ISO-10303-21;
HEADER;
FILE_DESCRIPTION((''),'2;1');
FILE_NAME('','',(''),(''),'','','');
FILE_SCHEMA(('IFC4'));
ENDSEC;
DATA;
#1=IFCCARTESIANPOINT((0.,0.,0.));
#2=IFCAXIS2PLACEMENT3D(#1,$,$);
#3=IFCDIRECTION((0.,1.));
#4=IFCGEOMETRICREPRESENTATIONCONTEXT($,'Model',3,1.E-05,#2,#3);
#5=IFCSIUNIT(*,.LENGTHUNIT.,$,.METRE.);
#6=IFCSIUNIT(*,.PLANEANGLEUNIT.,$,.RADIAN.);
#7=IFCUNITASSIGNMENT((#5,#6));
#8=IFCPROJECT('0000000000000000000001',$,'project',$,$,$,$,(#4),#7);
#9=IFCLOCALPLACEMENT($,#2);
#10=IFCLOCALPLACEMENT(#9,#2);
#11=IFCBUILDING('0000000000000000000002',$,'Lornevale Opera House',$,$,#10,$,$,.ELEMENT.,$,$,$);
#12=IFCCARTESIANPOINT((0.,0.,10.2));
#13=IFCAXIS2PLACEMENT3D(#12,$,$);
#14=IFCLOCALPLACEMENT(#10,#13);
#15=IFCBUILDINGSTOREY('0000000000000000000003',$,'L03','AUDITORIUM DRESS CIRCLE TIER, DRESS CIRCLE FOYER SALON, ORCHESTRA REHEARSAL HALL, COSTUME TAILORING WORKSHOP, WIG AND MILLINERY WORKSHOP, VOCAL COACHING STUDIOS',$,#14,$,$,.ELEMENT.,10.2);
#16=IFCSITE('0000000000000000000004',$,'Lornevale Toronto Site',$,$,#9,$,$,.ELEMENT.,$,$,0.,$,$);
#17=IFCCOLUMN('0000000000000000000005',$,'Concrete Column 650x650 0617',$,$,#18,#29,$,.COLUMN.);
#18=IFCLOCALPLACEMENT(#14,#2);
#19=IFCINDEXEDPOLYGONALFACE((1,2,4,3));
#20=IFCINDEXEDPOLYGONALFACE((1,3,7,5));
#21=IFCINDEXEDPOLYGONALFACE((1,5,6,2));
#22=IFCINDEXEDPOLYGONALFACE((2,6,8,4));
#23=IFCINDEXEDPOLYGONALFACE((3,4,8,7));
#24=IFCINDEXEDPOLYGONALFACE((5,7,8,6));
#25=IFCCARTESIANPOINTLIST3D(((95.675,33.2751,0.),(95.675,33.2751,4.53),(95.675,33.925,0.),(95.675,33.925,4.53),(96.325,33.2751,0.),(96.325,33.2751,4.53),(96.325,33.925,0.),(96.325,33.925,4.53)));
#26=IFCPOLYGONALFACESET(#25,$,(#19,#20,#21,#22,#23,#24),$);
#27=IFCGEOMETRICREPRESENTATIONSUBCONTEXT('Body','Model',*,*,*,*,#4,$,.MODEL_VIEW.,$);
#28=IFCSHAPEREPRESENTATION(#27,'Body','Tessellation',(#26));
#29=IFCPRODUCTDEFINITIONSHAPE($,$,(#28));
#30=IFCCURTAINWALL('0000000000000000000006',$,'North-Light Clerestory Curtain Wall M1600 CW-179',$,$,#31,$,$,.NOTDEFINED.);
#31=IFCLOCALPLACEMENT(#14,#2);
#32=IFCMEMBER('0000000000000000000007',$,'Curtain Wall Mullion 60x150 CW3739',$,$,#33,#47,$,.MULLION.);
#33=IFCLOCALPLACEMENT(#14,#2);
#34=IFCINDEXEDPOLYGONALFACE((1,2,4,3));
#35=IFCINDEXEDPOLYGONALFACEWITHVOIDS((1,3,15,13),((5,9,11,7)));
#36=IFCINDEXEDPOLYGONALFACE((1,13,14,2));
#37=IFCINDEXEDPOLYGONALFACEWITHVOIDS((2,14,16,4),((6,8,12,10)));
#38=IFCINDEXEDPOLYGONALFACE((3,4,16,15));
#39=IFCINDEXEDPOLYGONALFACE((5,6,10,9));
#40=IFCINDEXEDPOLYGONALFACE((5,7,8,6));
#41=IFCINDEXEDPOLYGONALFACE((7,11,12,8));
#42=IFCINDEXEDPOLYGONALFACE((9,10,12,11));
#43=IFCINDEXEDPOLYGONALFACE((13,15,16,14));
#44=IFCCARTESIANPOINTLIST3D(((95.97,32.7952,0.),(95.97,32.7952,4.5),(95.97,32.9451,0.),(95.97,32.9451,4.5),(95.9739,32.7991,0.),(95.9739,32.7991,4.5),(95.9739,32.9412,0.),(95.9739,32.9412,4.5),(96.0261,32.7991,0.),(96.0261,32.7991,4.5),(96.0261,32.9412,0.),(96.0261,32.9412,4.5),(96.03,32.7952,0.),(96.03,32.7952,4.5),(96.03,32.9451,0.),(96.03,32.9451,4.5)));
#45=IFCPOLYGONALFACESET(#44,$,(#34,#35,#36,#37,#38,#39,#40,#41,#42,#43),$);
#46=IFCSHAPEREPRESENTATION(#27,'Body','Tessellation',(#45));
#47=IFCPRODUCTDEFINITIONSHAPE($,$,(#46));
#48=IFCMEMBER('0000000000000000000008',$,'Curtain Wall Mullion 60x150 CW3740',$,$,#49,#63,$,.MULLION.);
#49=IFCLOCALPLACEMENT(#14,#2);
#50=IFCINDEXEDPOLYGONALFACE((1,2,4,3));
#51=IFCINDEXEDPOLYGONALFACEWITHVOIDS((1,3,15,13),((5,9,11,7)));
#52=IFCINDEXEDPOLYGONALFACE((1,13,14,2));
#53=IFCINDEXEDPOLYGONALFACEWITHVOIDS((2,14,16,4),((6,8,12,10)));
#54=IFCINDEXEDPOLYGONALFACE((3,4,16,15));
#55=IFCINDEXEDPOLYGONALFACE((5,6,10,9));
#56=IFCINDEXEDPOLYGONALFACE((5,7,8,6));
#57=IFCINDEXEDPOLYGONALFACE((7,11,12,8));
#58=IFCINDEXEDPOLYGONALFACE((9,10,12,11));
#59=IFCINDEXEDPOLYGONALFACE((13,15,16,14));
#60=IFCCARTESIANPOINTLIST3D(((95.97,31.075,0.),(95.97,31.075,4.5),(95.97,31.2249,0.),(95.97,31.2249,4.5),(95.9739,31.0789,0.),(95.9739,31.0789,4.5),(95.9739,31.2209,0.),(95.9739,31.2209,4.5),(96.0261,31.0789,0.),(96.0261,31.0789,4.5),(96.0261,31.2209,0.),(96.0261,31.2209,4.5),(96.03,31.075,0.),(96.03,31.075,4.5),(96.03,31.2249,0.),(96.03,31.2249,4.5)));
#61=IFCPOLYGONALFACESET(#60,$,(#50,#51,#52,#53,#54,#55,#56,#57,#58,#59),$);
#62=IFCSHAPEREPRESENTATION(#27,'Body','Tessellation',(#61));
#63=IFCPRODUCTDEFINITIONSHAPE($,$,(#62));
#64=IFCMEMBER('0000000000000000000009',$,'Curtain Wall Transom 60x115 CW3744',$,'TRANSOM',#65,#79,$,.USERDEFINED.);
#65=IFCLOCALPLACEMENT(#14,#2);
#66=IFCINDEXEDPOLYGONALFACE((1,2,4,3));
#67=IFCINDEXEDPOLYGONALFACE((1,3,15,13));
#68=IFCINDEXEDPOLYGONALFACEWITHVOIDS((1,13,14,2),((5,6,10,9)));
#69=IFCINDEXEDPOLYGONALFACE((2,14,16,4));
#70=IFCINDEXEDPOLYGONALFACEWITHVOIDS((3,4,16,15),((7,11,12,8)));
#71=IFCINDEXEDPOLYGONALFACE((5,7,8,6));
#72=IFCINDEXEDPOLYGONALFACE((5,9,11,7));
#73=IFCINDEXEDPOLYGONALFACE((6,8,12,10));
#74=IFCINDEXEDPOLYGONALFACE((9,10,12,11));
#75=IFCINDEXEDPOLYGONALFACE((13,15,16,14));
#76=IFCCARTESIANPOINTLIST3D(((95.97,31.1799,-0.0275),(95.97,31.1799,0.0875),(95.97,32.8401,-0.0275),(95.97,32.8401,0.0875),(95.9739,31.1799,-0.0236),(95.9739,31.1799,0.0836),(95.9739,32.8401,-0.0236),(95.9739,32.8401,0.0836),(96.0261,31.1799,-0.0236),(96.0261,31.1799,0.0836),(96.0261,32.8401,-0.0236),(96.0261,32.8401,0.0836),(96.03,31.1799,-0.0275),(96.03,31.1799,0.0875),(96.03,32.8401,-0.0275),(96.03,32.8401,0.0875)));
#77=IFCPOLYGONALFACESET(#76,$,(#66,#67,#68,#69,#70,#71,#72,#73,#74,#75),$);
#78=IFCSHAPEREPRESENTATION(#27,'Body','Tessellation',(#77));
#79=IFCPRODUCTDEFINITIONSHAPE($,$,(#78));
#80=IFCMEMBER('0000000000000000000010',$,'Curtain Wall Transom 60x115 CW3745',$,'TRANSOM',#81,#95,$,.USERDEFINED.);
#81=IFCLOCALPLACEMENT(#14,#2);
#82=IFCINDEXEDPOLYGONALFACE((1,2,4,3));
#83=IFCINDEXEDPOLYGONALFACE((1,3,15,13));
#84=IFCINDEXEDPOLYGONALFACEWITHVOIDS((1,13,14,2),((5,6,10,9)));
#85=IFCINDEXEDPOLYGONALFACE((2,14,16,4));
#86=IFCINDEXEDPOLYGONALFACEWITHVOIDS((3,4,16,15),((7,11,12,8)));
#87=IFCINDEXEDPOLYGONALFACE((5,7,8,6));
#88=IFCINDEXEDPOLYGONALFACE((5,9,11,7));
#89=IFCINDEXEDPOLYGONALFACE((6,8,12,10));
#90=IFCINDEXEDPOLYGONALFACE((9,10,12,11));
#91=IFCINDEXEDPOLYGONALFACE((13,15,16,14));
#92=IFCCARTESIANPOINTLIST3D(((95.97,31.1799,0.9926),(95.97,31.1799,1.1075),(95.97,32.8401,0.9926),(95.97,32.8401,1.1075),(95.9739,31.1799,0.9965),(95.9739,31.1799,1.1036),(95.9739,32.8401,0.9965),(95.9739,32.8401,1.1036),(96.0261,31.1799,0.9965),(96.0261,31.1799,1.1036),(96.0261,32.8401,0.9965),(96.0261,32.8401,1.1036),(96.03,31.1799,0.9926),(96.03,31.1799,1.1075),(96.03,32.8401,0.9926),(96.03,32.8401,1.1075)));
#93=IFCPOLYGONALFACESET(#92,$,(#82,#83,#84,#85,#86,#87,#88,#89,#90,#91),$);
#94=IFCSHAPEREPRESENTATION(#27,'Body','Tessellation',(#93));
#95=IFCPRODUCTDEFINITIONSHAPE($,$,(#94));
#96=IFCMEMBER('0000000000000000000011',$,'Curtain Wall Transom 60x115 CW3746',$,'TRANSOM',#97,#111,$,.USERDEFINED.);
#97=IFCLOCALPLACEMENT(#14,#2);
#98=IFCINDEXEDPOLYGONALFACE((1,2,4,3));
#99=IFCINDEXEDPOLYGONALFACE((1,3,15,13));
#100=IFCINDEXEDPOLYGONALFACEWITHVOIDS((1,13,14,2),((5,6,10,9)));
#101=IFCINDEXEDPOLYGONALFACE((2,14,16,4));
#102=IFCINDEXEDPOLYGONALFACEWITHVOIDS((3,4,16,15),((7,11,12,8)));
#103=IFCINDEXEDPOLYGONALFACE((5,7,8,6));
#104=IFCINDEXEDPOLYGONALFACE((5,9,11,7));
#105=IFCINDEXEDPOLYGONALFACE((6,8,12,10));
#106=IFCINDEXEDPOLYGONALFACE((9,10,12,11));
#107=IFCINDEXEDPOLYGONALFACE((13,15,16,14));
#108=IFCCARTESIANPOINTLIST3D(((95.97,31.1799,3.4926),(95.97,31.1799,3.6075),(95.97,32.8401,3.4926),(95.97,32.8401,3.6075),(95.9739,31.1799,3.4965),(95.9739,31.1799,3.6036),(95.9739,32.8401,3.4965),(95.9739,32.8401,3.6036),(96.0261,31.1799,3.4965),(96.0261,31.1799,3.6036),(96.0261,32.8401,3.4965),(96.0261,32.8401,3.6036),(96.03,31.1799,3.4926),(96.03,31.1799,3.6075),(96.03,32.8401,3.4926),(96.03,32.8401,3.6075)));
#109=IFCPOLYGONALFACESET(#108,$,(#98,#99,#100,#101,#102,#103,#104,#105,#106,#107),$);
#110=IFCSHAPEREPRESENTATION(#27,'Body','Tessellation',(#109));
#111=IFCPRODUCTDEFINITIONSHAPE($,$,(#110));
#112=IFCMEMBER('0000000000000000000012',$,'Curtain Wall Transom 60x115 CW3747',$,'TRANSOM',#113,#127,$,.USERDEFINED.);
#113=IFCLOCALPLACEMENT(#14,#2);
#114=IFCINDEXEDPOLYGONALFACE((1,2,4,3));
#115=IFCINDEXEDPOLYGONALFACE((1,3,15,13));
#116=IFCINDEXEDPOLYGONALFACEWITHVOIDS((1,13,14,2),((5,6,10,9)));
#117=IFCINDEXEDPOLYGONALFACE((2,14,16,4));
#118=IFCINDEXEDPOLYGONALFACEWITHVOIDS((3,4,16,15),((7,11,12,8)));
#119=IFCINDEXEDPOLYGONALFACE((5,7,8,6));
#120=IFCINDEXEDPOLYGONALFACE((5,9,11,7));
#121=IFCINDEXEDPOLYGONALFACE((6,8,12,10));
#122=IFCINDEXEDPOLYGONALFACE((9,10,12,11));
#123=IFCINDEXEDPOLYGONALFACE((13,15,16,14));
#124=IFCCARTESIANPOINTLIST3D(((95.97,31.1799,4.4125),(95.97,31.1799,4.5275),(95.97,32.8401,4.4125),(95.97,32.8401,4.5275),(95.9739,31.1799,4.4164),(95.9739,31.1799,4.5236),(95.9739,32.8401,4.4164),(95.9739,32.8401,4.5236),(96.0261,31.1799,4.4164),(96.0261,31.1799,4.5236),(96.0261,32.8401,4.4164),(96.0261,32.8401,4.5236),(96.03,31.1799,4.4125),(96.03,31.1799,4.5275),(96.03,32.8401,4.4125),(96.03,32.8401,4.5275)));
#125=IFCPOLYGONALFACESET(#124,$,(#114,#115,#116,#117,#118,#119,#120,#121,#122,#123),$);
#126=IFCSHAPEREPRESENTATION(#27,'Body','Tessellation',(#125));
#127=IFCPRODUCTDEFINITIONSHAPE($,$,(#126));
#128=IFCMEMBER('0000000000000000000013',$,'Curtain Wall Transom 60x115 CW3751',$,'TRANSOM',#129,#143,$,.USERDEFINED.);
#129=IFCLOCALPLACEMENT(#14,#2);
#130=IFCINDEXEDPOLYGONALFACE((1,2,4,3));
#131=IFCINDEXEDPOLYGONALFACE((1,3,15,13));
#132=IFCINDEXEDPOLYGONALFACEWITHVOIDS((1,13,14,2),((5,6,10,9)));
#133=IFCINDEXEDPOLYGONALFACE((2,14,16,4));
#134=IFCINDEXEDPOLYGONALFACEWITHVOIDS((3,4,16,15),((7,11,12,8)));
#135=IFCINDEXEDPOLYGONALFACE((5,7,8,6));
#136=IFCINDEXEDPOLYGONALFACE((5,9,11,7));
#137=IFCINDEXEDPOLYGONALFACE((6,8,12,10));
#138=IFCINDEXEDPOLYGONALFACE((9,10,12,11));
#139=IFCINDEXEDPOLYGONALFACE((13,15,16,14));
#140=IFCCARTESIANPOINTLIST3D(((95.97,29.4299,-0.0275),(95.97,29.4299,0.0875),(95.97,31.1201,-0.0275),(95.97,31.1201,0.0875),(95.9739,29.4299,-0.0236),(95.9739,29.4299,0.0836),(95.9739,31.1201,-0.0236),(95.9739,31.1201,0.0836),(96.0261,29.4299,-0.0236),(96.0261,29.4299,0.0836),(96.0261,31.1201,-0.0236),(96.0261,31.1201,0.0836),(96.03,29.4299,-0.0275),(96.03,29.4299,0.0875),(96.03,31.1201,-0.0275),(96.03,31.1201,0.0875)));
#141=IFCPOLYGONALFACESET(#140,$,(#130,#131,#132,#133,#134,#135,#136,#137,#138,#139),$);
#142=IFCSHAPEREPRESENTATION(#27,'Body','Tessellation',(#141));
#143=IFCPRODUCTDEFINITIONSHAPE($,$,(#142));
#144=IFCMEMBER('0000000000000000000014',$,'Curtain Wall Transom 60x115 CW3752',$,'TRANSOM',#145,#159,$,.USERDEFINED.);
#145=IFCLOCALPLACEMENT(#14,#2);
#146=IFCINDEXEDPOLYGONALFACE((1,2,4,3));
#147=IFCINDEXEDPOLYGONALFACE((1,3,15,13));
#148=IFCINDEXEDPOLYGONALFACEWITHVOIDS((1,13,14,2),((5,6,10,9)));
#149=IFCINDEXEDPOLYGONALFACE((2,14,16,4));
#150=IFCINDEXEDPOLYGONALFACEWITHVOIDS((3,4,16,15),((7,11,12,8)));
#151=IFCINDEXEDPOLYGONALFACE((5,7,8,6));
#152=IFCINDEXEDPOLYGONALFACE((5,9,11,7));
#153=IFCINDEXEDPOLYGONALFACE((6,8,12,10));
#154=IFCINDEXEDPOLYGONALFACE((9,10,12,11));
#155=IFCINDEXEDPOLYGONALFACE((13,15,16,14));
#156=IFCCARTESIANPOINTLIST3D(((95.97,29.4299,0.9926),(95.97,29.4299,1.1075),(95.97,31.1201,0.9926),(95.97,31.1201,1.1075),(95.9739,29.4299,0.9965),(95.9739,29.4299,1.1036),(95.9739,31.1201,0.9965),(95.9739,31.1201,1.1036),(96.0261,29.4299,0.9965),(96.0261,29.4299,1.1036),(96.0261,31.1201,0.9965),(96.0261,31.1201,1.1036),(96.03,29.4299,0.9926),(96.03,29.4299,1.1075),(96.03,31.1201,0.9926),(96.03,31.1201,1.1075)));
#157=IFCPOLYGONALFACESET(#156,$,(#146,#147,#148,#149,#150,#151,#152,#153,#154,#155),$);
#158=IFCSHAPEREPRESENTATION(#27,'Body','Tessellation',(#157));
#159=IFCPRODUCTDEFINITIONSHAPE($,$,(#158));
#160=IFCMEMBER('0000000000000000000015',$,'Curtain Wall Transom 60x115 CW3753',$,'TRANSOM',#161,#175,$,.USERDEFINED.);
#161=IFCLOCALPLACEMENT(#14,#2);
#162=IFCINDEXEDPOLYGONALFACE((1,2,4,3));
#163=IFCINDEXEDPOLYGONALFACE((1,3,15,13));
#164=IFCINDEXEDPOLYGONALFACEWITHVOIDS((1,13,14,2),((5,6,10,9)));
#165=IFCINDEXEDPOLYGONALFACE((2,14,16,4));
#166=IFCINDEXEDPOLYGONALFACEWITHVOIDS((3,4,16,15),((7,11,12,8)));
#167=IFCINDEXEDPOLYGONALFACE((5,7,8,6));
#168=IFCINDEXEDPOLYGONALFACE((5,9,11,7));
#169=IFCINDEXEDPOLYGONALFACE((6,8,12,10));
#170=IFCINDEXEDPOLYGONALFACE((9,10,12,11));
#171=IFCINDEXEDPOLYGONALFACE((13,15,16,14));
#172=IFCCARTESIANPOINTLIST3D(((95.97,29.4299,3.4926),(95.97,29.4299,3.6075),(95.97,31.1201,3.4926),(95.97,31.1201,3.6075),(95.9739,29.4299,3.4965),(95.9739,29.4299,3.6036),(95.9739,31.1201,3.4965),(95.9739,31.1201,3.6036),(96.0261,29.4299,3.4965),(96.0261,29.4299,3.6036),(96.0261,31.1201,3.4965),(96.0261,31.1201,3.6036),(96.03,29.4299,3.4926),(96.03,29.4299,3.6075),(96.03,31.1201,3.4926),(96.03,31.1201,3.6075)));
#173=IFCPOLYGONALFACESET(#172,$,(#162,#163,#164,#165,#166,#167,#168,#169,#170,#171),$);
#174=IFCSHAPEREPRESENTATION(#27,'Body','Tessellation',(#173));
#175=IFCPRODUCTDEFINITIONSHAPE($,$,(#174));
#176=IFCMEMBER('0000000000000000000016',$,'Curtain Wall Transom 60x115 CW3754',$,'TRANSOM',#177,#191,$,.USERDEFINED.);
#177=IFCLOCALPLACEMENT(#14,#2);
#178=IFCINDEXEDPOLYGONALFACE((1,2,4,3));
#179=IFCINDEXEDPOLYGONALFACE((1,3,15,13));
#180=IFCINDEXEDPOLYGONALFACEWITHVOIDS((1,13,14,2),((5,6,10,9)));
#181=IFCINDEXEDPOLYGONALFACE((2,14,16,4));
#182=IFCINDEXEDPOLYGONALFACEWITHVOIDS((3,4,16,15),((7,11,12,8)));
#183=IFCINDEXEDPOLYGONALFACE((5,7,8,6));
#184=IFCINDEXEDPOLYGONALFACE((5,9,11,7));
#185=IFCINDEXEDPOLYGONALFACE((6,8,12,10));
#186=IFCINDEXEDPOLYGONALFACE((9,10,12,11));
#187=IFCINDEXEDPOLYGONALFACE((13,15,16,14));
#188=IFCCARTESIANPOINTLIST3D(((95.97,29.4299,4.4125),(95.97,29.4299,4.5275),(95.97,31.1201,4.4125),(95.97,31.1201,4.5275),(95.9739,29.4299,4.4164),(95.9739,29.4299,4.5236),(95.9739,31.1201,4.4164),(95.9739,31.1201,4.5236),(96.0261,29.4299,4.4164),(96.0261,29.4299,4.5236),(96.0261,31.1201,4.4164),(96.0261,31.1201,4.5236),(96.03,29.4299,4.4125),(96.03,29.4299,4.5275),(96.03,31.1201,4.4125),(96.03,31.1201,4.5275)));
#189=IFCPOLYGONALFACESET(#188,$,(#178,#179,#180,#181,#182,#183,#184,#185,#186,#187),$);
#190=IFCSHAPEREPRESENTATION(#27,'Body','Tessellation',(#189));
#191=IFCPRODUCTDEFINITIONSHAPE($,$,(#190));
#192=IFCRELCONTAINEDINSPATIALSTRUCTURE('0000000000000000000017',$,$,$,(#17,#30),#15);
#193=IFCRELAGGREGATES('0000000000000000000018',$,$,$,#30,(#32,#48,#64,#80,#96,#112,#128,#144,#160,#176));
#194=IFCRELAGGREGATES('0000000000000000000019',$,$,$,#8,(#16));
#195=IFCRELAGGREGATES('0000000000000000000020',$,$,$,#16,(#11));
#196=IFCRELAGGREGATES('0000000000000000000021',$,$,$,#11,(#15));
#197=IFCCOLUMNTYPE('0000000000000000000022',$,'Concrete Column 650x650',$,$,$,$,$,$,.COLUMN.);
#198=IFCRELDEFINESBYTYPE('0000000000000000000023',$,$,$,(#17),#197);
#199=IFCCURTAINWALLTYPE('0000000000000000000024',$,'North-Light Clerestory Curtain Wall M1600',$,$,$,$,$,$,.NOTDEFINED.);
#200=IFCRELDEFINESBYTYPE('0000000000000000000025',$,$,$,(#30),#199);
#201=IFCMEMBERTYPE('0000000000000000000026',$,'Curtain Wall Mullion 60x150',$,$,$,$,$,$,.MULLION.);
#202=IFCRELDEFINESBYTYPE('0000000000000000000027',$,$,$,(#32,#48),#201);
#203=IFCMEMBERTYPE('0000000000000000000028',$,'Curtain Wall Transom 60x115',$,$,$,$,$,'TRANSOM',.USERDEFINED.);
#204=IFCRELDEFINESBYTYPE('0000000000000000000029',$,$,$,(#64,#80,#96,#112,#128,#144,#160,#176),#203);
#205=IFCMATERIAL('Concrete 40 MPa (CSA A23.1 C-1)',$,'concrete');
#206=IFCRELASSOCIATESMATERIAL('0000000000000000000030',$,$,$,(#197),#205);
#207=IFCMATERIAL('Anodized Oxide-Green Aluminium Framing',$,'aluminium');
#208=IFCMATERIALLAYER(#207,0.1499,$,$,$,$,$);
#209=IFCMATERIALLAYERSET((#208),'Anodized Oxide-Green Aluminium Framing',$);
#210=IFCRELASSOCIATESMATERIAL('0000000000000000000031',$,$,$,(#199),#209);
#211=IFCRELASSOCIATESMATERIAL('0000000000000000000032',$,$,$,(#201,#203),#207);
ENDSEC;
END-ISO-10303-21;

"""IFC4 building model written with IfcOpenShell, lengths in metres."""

from ifc_helpers import new_model, si_unit, direction, frame, origin, origin_2d, place, context, subcontext, project, spatial, rectangle, hollow_rectangle, extrude, material, layer, layer_set, material_profile, profile_set, type_object, element, aggregate, save


model = new_model("IFC4")

# Units and contexts
model_context = context("Model", 3, precision=1e-05, world=origin(), true_north=direction((0.0, 1.0)))
body_context = subcontext(model_context, "Body", "Model", "MODEL_VIEW")
ifc_project = project(units=[si_unit("LENGTHUNIT", "METRE"), si_unit("PLANEANGLEUNIT", "RADIAN")], contexts=[model_context])

# Site, building, storey
site_placement = place(None, origin())
site = spatial("IfcSite", under=ifc_project, at=site_placement, Name="Lornevale Toronto Site", CompositionType="ELEMENT", RefElevation=0.0)
building_placement = place(site_placement, origin())
building = spatial("IfcBuilding", under=site, at=building_placement, Name="Lornevale Opera House", CompositionType="ELEMENT")
storey_placement = place(building_placement, frame((0.0, 0.0, 10.2)))
storey = spatial("IfcBuildingStorey", under=building, at=storey_placement, Name="L03", Description="AUDITORIUM DRESS CIRCLE TIER, DRESS CIRCLE FOYER SALON, ORCHESTRA REHEARSAL HALL, COSTUME TAILORING WORKSHOP, WIG AND MILLINERY WORKSHOP, VOCAL COACHING STUDIOS", CompositionType="ELEMENT", Elevation=10.2)

# Column
ifc_material_1 = material(Name="Concrete 40 MPa (CSA A23.1 C-1)", Category="concrete")
ifc_material_profile_1 = material_profile(ifc_material_1, rectangle(XDim=0.6499, YDim=0.6499, at=origin_2d()), Name="RC650x650")
ifc_profile_set_1 = profile_set([ifc_material_profile_1], Name="Concrete 40 MPa (CSA A23.1 C-1)")
column_type = type_object("IfcColumnType", Name="Concrete Column 650x650", PredefinedType="COLUMN", material=ifc_profile_set_1)
column_placement = place(storey_placement, frame((96.0, 33.6001, 0.0), z_axis=(0.0, 0.0, 1.0), x_axis=(1.0, 0.0, 0.0)))
element("IfcColumn", 1, at=column_placement, inside=storey, type_object=column_type, Name="Concrete Column 650x650 0617", PredefinedType="COLUMN", context=body_context, shape_type="SweptSolid", body=[
    extrude(rectangle(XDim=0.6499, YDim=0.6499, at=origin_2d()), origin(), (0.0, 0.0, 1.0), 4.53),
])

# Curtain wall, members
ifc_material_2 = material(Name="Anodized Oxide-Green Aluminium Framing", Category="aluminium")
ifc_layer_1 = layer(ifc_material_2, 0.1499)
ifc_layer_set_1 = layer_set([ifc_layer_1], Name="Anodized Oxide-Green Aluminium Framing")
curtain_wall_type = type_object("IfcCurtainWallType", Name="North-Light Clerestory Curtain Wall M1600", PredefinedType="NOTDEFINED", material=ifc_layer_set_1)
curtain_wall_placement = place(storey_placement, origin())
curtain_wall = element("IfcCurtainWall", 2, at=curtain_wall_placement, inside=storey, type_object=curtain_wall_type, Name="North-Light Clerestory Curtain Wall M1600 CW-179", PredefinedType="NOTDEFINED")
ifc_material_profile_2 = material_profile(ifc_material_2, hollow_rectangle(XDim=0.0601, YDim=0.1499, WallThickness=0.0039, at=origin_2d()), Name="ALU60x150x4")
ifc_profile_set_2 = profile_set([ifc_material_profile_2], Name="Anodized Oxide-Green Aluminium Framing")
member_type_1 = type_object("IfcMemberType", Name="Curtain Wall Mullion 60x150", PredefinedType="MULLION", material=ifc_profile_set_2)
member_1_placement = place(storey_placement, frame((96.0, 32.8701, 0.0), z_axis=(0.0, 0.0, 1.0), x_axis=(1.0, 0.0, 0.0)))
member_1 = element("IfcMember", 3, at=member_1_placement, type_object=member_type_1, Name="Curtain Wall Mullion 60x150 CW3739", PredefinedType="MULLION", context=body_context, shape_type="SweptSolid", body=[
    extrude(hollow_rectangle(XDim=0.0601, YDim=0.1499, WallThickness=0.0039, at=origin_2d()), origin(), (0.0, 0.0, 1.0), 4.5),
])
member_2_placement = place(storey_placement, frame((96.0, 31.1499, 0.0), z_axis=(0.0, 0.0, 1.0), x_axis=(1.0, 0.0, 0.0)))
member_2 = element("IfcMember", 4, at=member_2_placement, type_object=member_type_1, Name="Curtain Wall Mullion 60x150 CW3740", PredefinedType="MULLION", context=body_context, shape_type="SweptSolid", body=[
    extrude(hollow_rectangle(XDim=0.0601, YDim=0.1499, WallThickness=0.0039, at=origin_2d()), origin(), (0.0, 0.0, 1.0), 4.5),
])
ifc_material_profile_3 = material_profile(ifc_material_2, hollow_rectangle(XDim=0.0601, YDim=0.115, WallThickness=0.0039, at=origin_2d()), Name="ALU60x115x4")
ifc_profile_set_3 = profile_set([ifc_material_profile_3], Name="Anodized Oxide-Green Aluminium Framing")
member_type_2 = type_object("IfcMemberType", Name="Curtain Wall Transom 60x115", ElementType="TRANSOM", PredefinedType="USERDEFINED", material=ifc_profile_set_3)
member_3_placement = place(storey_placement, frame((96.0, 32.8401, 0.03), z_axis=(0.0, -1.0, 0.0), x_axis=(1.0, 0.0, 0.0)))
member_3 = element("IfcMember", 5, at=member_3_placement, type_object=member_type_2, Name="Curtain Wall Transom 60x115 CW3744", ObjectType="TRANSOM", PredefinedType="USERDEFINED", context=body_context, shape_type="SweptSolid", body=[
    extrude(hollow_rectangle(XDim=0.0601, YDim=0.115, WallThickness=0.0039, at=origin_2d()), origin(), (0.0, 0.0, 1.0), 1.6602),
])
member_4_placement = place(storey_placement, frame((96.0, 32.8401, 1.05), z_axis=(0.0, -1.0, 0.0), x_axis=(1.0, 0.0, 0.0)))
member_4 = element("IfcMember", 6, at=member_4_placement, type_object=member_type_2, Name="Curtain Wall Transom 60x115 CW3745", ObjectType="TRANSOM", PredefinedType="USERDEFINED", context=body_context, shape_type="SweptSolid", body=[
    extrude(hollow_rectangle(XDim=0.0601, YDim=0.115, WallThickness=0.0039, at=origin_2d()), origin(), (0.0, 0.0, 1.0), 1.6602),
])
member_5_placement = place(storey_placement, frame((96.0, 32.8401, 3.55), z_axis=(0.0, -1.0, 0.0), x_axis=(1.0, 0.0, 0.0)))
member_5 = element("IfcMember", 7, at=member_5_placement, type_object=member_type_2, Name="Curtain Wall Transom 60x115 CW3746", ObjectType="TRANSOM", PredefinedType="USERDEFINED", context=body_context, shape_type="SweptSolid", body=[
    extrude(hollow_rectangle(XDim=0.0601, YDim=0.115, WallThickness=0.0039, at=origin_2d()), origin(), (0.0, 0.0, 1.0), 1.6602),
])
member_6_placement = place(storey_placement, frame((96.0, 32.8401, 4.47), z_axis=(0.0, -1.0, 0.0), x_axis=(1.0, 0.0, 0.0)))
member_6 = element("IfcMember", 8, at=member_6_placement, type_object=member_type_2, Name="Curtain Wall Transom 60x115 CW3747", ObjectType="TRANSOM", PredefinedType="USERDEFINED", context=body_context, shape_type="SweptSolid", body=[
    extrude(hollow_rectangle(XDim=0.0601, YDim=0.115, WallThickness=0.0039, at=origin_2d()), origin(), (0.0, 0.0, 1.0), 1.6602),
])
member_7_placement = place(storey_placement, frame((96.0, 31.1201, 0.03), z_axis=(0.0, -1.0, 0.0), x_axis=(1.0, 0.0, 0.0)))
member_7 = element("IfcMember", 9, at=member_7_placement, type_object=member_type_2, Name="Curtain Wall Transom 60x115 CW3751", ObjectType="TRANSOM", PredefinedType="USERDEFINED", context=body_context, shape_type="SweptSolid", body=[
    extrude(hollow_rectangle(XDim=0.0601, YDim=0.115, WallThickness=0.0039, at=origin_2d()), origin(), (0.0, 0.0, 1.0), 1.6902),
])
member_8_placement = place(storey_placement, frame((96.0, 31.1201, 1.05), z_axis=(0.0, -1.0, 0.0), x_axis=(1.0, 0.0, 0.0)))
member_8 = element("IfcMember", 10, at=member_8_placement, type_object=member_type_2, Name="Curtain Wall Transom 60x115 CW3752", ObjectType="TRANSOM", PredefinedType="USERDEFINED", context=body_context, shape_type="SweptSolid", body=[
    extrude(hollow_rectangle(XDim=0.0601, YDim=0.115, WallThickness=0.0039, at=origin_2d()), origin(), (0.0, 0.0, 1.0), 1.6902),
])
member_9_placement = place(storey_placement, frame((96.0, 31.1201, 3.55), z_axis=(0.0, -1.0, 0.0), x_axis=(1.0, 0.0, 0.0)))
member_9 = element("IfcMember", 11, at=member_9_placement, type_object=member_type_2, Name="Curtain Wall Transom 60x115 CW3753", ObjectType="TRANSOM", PredefinedType="USERDEFINED", context=body_context, shape_type="SweptSolid", body=[
    extrude(hollow_rectangle(XDim=0.0601, YDim=0.115, WallThickness=0.0039, at=origin_2d()), origin(), (0.0, 0.0, 1.0), 1.6902),
])
member_10_placement = place(storey_placement, frame((96.0, 31.1201, 4.47), z_axis=(0.0, -1.0, 0.0), x_axis=(1.0, 0.0, 0.0)))
member_10 = element("IfcMember", 12, at=member_10_placement, type_object=member_type_2, Name="Curtain Wall Transom 60x115 CW3754", ObjectType="TRANSOM", PredefinedType="USERDEFINED", context=body_context, shape_type="SweptSolid", body=[
    extrude(hollow_rectangle(XDim=0.0601, YDim=0.115, WallThickness=0.0039, at=origin_2d()), origin(), (0.0, 0.0, 1.0), 1.6902),
])

aggregate(curtain_wall, [member_1, member_2, member_3, member_4, member_5, member_6, member_7, member_8, member_9, member_10])

save(model, "model.ifc")
